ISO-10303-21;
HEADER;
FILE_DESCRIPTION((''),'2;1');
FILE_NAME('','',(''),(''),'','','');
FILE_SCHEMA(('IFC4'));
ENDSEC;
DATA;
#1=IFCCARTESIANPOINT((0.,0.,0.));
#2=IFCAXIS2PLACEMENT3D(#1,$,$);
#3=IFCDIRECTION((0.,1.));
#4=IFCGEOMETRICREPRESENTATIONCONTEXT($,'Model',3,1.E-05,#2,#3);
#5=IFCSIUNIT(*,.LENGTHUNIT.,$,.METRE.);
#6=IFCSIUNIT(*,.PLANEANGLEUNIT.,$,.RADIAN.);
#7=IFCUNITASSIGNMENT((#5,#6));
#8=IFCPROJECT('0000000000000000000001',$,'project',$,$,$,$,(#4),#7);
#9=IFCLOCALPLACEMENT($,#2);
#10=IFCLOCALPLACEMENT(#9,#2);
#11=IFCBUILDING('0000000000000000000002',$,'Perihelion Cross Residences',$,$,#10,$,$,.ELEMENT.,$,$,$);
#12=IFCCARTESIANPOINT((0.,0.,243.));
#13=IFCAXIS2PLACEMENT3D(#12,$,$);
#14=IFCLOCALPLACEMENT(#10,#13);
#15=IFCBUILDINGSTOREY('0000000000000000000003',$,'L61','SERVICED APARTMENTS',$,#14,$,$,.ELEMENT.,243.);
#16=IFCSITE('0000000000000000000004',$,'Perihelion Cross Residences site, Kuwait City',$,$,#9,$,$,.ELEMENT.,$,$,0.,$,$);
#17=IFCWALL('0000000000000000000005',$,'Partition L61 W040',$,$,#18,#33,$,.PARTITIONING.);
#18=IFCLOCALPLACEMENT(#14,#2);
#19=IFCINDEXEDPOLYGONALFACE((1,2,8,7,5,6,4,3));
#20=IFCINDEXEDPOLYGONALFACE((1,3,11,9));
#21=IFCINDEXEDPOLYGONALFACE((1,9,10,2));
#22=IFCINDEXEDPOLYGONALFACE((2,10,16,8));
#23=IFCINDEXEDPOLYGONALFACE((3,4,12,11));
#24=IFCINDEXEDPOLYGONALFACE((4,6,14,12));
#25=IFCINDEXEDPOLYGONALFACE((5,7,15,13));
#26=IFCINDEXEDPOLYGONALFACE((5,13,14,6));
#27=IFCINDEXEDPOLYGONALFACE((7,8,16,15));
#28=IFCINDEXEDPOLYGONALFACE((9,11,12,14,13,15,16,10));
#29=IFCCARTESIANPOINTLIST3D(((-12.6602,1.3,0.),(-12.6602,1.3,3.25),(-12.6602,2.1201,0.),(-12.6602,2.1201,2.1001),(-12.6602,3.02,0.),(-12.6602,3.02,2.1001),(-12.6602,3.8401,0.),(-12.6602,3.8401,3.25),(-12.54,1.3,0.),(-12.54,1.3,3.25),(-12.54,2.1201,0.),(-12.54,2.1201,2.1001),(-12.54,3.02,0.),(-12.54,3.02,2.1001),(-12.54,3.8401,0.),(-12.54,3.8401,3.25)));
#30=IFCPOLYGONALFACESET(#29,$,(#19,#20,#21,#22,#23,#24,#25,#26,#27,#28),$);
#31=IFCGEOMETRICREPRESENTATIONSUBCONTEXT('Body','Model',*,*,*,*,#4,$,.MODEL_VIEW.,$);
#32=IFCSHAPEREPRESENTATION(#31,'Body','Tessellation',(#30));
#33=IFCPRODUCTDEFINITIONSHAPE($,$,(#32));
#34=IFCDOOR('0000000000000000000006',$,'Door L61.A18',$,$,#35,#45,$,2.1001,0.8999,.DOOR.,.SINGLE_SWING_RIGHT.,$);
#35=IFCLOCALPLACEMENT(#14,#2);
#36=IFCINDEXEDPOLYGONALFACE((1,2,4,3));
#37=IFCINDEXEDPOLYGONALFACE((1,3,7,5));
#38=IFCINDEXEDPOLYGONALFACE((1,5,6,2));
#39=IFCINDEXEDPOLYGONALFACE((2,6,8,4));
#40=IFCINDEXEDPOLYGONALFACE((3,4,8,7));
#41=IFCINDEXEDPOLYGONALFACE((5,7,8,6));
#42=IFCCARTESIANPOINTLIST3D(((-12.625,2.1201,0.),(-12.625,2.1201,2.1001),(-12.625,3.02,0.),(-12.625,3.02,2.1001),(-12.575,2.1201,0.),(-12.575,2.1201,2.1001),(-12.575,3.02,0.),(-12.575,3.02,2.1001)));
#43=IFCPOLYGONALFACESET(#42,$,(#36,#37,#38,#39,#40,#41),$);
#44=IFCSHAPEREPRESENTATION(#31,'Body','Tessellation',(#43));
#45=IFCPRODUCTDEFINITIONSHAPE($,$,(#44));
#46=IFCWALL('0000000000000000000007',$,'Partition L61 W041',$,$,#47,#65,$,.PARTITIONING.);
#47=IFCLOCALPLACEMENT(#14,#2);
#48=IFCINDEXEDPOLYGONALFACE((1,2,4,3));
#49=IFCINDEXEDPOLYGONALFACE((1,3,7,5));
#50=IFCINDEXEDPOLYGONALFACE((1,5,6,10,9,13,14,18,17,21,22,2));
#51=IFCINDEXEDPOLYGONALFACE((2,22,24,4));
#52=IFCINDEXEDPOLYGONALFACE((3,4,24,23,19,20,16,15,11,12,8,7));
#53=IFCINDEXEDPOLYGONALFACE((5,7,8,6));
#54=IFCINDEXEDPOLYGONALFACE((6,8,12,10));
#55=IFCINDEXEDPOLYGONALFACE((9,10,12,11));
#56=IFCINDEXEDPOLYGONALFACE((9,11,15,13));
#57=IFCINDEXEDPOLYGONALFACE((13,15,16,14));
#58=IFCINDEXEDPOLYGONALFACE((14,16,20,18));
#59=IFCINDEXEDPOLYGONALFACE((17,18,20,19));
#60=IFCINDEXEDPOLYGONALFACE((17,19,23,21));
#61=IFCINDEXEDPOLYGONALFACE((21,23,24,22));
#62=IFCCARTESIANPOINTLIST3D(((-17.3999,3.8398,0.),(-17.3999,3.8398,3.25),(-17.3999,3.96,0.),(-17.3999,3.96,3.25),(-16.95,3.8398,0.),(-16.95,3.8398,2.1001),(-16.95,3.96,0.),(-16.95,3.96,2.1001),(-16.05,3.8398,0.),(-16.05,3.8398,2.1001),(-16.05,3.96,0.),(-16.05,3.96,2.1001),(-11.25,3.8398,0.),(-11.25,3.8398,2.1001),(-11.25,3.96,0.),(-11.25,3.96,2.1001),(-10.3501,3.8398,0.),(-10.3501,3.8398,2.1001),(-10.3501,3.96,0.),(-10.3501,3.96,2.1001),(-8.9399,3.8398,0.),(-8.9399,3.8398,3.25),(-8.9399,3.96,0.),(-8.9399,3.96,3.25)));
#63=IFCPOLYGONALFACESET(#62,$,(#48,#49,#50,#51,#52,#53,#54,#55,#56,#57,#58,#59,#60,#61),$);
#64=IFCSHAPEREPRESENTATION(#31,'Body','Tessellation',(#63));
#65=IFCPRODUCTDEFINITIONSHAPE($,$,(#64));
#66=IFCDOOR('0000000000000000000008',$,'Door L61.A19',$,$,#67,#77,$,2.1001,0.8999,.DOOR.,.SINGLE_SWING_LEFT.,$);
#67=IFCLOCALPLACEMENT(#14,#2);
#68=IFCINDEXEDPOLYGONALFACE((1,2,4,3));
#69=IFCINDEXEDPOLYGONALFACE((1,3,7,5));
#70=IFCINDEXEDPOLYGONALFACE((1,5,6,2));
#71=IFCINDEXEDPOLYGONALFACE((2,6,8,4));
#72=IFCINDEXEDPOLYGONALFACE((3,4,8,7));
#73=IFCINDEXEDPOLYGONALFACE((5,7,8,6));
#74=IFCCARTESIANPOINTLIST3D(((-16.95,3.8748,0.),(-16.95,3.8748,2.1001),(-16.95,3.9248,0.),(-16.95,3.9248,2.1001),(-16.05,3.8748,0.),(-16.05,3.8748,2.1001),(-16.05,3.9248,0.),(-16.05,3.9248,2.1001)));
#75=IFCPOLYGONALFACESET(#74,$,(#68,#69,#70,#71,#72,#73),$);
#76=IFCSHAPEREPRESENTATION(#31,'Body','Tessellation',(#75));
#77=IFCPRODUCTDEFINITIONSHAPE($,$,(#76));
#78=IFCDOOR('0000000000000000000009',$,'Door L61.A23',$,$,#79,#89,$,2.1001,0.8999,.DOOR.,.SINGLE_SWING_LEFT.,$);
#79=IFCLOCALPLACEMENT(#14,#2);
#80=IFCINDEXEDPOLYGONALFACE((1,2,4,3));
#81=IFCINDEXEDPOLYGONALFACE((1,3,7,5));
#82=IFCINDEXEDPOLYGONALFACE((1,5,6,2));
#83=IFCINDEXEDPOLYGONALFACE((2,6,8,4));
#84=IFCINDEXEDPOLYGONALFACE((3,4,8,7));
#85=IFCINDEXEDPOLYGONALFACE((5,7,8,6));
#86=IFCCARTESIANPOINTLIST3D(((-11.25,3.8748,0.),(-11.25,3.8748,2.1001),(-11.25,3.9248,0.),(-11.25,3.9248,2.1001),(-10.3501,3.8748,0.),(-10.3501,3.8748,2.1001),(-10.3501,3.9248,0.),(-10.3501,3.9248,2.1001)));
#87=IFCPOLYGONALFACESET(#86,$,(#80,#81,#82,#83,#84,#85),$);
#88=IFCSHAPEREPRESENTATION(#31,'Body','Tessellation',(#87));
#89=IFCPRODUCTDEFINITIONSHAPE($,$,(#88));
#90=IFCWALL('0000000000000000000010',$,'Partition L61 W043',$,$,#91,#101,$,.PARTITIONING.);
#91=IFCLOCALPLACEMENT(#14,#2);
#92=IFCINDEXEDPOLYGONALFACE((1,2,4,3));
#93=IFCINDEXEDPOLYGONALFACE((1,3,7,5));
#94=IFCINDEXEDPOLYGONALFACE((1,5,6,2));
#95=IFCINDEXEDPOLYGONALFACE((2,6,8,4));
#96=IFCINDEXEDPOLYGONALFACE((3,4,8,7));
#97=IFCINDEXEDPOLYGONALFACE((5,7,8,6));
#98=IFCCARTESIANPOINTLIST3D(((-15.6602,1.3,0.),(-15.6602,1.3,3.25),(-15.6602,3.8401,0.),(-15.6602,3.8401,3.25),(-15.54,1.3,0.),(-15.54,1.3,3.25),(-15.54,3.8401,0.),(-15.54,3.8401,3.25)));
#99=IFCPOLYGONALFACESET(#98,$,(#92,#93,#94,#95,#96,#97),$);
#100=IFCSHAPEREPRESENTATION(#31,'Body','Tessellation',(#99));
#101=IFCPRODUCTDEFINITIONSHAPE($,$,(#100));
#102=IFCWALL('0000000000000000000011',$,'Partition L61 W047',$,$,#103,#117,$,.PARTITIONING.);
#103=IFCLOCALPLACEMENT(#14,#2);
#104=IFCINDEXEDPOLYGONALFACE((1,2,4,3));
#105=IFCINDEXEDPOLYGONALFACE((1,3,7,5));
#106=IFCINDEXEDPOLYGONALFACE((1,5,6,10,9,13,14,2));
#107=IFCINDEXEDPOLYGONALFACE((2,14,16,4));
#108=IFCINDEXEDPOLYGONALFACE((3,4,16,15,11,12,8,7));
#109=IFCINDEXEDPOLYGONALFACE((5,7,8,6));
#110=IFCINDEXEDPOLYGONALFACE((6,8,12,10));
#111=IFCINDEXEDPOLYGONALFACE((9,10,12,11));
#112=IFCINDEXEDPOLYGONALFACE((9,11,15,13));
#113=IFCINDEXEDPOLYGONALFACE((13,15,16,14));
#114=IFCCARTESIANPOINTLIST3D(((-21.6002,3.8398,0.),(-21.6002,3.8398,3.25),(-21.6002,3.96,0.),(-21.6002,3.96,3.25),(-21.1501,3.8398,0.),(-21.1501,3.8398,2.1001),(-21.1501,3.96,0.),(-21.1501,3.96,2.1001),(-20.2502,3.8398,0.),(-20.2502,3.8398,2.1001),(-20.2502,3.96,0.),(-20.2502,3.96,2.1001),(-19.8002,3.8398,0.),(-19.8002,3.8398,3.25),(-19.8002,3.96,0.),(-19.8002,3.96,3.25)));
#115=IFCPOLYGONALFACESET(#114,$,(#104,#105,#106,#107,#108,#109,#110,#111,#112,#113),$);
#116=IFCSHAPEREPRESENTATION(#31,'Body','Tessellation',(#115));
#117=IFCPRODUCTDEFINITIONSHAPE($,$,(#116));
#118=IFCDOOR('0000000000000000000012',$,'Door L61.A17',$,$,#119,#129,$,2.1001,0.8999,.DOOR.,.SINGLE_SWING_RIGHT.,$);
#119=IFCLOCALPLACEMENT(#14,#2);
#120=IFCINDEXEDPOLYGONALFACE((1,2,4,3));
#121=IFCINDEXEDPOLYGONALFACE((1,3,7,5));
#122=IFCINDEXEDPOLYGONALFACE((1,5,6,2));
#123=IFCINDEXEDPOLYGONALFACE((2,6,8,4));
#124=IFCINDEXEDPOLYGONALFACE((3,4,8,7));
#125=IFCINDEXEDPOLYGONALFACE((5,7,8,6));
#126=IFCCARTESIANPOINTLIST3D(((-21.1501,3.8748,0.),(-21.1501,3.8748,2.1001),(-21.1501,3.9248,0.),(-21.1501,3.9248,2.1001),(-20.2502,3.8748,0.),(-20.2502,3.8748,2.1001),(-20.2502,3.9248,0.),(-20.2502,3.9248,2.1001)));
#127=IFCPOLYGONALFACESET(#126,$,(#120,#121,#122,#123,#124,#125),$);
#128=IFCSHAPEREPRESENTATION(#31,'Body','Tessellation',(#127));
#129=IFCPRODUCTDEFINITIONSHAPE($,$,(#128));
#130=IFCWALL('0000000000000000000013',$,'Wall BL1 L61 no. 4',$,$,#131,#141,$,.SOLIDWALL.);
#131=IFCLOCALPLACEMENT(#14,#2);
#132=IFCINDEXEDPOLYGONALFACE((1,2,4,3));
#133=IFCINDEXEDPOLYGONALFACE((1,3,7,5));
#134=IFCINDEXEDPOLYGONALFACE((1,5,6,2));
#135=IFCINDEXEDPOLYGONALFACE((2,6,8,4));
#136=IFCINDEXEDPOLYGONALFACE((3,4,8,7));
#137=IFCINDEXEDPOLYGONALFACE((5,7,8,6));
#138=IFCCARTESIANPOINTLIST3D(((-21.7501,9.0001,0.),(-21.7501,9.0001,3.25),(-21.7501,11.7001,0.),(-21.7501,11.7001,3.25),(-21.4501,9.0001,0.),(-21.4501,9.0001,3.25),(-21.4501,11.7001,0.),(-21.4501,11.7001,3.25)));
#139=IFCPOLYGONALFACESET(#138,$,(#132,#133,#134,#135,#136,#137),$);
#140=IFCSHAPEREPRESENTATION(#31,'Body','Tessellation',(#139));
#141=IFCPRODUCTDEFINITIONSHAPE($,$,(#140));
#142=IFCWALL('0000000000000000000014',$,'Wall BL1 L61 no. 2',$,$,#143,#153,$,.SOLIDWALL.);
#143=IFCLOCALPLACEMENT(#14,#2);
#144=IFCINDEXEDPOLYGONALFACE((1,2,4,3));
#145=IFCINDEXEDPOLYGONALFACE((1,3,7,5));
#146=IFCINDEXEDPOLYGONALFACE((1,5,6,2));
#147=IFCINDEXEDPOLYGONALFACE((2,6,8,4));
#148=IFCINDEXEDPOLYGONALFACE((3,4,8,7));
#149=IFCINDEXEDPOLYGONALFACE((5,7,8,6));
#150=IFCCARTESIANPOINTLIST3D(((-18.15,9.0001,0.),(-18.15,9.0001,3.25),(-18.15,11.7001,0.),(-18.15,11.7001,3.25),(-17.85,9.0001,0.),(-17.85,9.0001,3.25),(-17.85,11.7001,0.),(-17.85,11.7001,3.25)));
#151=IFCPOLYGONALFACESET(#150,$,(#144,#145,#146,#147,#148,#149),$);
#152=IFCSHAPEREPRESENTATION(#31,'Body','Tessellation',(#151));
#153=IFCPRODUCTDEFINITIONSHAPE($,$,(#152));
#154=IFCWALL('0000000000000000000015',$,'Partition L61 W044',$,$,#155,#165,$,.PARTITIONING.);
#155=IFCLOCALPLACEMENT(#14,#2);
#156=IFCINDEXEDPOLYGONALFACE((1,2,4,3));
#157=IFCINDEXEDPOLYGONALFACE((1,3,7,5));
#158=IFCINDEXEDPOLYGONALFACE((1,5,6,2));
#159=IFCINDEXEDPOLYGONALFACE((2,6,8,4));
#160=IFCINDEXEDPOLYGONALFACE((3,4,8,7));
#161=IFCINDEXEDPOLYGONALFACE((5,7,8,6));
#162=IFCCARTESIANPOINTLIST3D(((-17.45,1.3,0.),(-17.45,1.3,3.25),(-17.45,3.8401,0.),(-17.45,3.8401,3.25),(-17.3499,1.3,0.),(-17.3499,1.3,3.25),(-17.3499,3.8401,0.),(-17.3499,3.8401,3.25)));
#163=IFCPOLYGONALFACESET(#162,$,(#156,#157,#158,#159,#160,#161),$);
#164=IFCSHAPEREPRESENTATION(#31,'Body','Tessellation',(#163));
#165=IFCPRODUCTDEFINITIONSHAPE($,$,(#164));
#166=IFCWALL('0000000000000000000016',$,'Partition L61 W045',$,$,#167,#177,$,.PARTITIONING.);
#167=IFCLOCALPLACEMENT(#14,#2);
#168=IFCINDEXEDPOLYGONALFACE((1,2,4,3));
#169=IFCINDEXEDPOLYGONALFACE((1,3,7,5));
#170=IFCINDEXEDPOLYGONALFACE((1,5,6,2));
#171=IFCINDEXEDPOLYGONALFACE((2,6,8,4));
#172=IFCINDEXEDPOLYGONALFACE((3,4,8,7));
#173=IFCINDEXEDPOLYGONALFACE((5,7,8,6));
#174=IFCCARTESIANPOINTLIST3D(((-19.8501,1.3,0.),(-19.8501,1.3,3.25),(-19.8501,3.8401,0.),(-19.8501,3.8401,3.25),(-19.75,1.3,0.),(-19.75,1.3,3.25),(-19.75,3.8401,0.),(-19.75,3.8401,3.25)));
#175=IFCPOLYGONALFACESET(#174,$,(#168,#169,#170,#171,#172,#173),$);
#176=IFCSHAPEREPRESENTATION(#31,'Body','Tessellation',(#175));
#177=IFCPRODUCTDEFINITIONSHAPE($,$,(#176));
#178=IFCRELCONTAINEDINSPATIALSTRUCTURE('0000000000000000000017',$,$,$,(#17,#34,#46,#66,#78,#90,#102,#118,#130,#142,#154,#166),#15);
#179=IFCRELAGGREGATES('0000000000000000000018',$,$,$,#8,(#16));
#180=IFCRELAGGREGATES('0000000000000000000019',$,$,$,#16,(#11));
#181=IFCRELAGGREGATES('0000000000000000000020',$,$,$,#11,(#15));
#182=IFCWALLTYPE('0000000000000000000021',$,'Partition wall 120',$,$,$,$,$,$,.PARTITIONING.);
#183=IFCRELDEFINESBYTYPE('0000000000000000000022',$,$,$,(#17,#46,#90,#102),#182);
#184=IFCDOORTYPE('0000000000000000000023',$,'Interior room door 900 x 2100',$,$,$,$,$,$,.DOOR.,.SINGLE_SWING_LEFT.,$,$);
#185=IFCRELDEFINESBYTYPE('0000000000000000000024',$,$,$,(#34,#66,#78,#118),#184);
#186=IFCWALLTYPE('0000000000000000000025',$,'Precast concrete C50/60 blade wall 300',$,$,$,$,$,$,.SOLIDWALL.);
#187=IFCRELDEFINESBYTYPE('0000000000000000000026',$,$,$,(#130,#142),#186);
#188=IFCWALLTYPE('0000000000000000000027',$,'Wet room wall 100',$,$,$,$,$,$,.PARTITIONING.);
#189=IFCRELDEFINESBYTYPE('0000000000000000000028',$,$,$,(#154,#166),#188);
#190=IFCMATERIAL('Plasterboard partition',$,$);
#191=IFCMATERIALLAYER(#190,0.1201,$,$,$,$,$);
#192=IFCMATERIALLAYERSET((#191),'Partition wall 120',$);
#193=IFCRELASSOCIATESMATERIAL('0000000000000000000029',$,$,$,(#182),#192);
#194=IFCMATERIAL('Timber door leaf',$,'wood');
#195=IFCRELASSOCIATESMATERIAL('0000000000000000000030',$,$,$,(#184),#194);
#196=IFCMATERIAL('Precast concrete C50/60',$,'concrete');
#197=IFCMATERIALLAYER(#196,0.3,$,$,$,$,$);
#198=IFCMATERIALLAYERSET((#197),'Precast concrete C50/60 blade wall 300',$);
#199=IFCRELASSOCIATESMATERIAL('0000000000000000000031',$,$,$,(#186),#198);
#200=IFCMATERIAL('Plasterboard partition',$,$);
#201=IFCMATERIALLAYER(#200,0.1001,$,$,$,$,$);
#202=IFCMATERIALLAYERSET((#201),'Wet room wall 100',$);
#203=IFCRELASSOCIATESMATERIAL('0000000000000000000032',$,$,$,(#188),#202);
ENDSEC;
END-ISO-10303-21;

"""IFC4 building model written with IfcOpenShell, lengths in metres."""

from ifc_helpers import new_model, si_unit, direction, frame, frame_2d, origin, place, context, subcontext, project, spatial, rectangle, extrude, material, layer, layer_set, type_object, element, fill, save


model = new_model("IFC4")

# Units and contexts
model_context = context("Model", 3, precision=1e-05, world=origin(), true_north=direction((0.0, 1.0)))
body_context = subcontext(model_context, "Body", "Model", "MODEL_VIEW")
ifc_project = project(units=[si_unit("LENGTHUNIT", "METRE"), si_unit("PLANEANGLEUNIT", "RADIAN")], contexts=[model_context])

# Site, building, storey
site_placement = place(None, origin())
site = spatial("IfcSite", under=ifc_project, at=site_placement, Name="Perihelion Cross Residences site, Kuwait City", CompositionType="ELEMENT", RefElevation=0.0)
building_placement = place(site_placement, origin())
building = spatial("IfcBuilding", under=site, at=building_placement, Name="Perihelion Cross Residences", CompositionType="ELEMENT")
storey_placement = place(building_placement, frame((0.0, 0.0, 243.0)))
storey = spatial("IfcBuildingStorey", under=building, at=storey_placement, Name="L61", Description="SERVICED APARTMENTS", CompositionType="ELEMENT", Elevation=243.0)

# Wall, opening, door
ifc_material_1 = material(Name="Plasterboard partition")
ifc_layer_1 = layer(ifc_material_1, 0.1201)
ifc_layer_set_1 = layer_set([ifc_layer_1], Name="Partition wall 120")
wall_type_1 = type_object("IfcWallType", Name="Partition wall 120", PredefinedType="PARTITIONING", material=ifc_layer_set_1)
wall_1_placement = place(storey_placement, frame((-12.6001, 1.3, 0.0), z_axis=(0.0, 0.0, 1.0), x_axis=(0.0, 1.0, 0.0)))
wall_1 = element("IfcWall", 1, at=wall_1_placement, inside=storey, type_object=wall_type_1, Name="Partition L61 W040", PredefinedType="PARTITIONING", context=body_context, shape_type="SweptSolid", body=[
    extrude(rectangle(XDim=2.54, YDim=0.1201, at=frame_2d((1.27, 0.0))), origin(), (0.0, 0.0, 1.0), 3.25),
])
opening_1_placement = place(wall_1_placement, frame((0.8201, 0.0, 0.0)))
opening_1 = element("IfcOpeningElement", 2, at=opening_1_placement, cuts=wall_1, PredefinedType="OPENING", context=body_context, shape_type="SweptSolid", body=[
    extrude(rectangle(XDim=0.8999, YDim=2.1001, at=frame_2d((0.45, 1.05))), frame((0.0, 0.0701, 0.0), z_axis=(0.0, -1.0, 0.0), x_axis=(1.0, 0.0, 0.0)), (0.0, 0.0, 1.0), 0.1401),
])
ifc_material_2 = material(Name="Timber door leaf", Category="wood")
door_type_1 = type_object("IfcDoorType", Name="Interior room door 900 x 2100", OperationType="SINGLE_SWING_LEFT", PredefinedType="DOOR", material=ifc_material_2)
door_1_placement = place(opening_1_placement, origin())
door_1 = element("IfcDoor", 3, at=door_1_placement, inside=storey, type_object=door_type_1, Name="Door L61.A18", OperationType="SINGLE_SWING_RIGHT", OverallHeight=2.1001, OverallWidth=0.8999, PredefinedType="DOOR", context=body_context, shape_type="SweptSolid", body=[
    extrude(rectangle(XDim=0.8999, YDim=2.1001, at=frame_2d((0.45, 1.05))), frame((0.0, 0.0249, 0.0), z_axis=(0.0, -1.0, 0.0), x_axis=(1.0, 0.0, 0.0)), (0.0, 0.0, 1.0), 0.05),
])
fill(opening_1, door_1)

# Wall, openings, doors
wall_2_placement = place(storey_placement, frame((-17.3999, 3.8999, 0.0), z_axis=(0.0, 0.0, 1.0), x_axis=(1.0, 0.0, 0.0)))
wall_2 = element("IfcWall", 4, at=wall_2_placement, inside=storey, type_object=wall_type_1, Name="Partition L61 W041", PredefinedType="PARTITIONING", context=body_context, shape_type="SweptSolid", body=[
    extrude(rectangle(XDim=8.46, YDim=0.1201, at=frame_2d((4.23, 0.0))), origin(), (0.0, 0.0, 1.0), 3.25),
])
opening_2_placement = place(wall_2_placement, frame((0.45, 0.0, 0.0)))
opening_2 = element("IfcOpeningElement", 5, at=opening_2_placement, cuts=wall_2, PredefinedType="OPENING", context=body_context, shape_type="SweptSolid", body=[
    extrude(rectangle(XDim=0.8999, YDim=2.1001, at=frame_2d((0.45, 1.05))), frame((0.0, 0.0701, 0.0), z_axis=(0.0, -1.0, 0.0), x_axis=(1.0, 0.0, 0.0)), (0.0, 0.0, 1.0), 0.1401),
])
opening_3_placement = place(wall_2_placement, frame((6.1499, 0.0, 0.0)))
opening_3 = element("IfcOpeningElement", 6, at=opening_3_placement, cuts=wall_2, PredefinedType="OPENING", context=body_context, shape_type="SweptSolid", body=[
    extrude(rectangle(XDim=0.8999, YDim=2.1001, at=frame_2d((0.45, 1.05))), frame((0.0, 0.0701, 0.0), z_axis=(0.0, -1.0, 0.0), x_axis=(1.0, 0.0, 0.0)), (0.0, 0.0, 1.0), 0.1401),
])
door_2_placement = place(opening_2_placement, origin())
door_2 = element("IfcDoor", 7, at=door_2_placement, inside=storey, type_object=door_type_1, Name="Door L61.A19", OperationType="SINGLE_SWING_LEFT", OverallHeight=2.1001, OverallWidth=0.8999, PredefinedType="DOOR", context=body_context, shape_type="SweptSolid", body=[
    extrude(rectangle(XDim=0.8999, YDim=2.1001, at=frame_2d((0.45, 1.05))), frame((0.0, 0.0249, 0.0), z_axis=(0.0, -1.0, 0.0), x_axis=(1.0, 0.0, 0.0)), (0.0, 0.0, 1.0), 0.05),
])
fill(opening_2, door_2)
door_3_placement = place(opening_3_placement, origin())
door_3 = element("IfcDoor", 8, at=door_3_placement, inside=storey, type_object=door_type_1, Name="Door L61.A23", OperationType="SINGLE_SWING_LEFT", OverallHeight=2.1001, OverallWidth=0.8999, PredefinedType="DOOR", context=body_context, shape_type="SweptSolid", body=[
    extrude(rectangle(XDim=0.8999, YDim=2.1001, at=frame_2d((0.45, 1.05))), frame((0.0, 0.0249, 0.0), z_axis=(0.0, -1.0, 0.0), x_axis=(1.0, 0.0, 0.0)), (0.0, 0.0, 1.0), 0.05),
])
fill(opening_3, door_3)

# Wall
wall_3_placement = place(storey_placement, frame((-15.6001, 1.3, 0.0), z_axis=(0.0, 0.0, 1.0), x_axis=(0.0, 1.0, 0.0)))
element("IfcWall", 9, at=wall_3_placement, inside=storey, type_object=wall_type_1, Name="Partition L61 W043", PredefinedType="PARTITIONING", context=body_context, shape_type="SweptSolid", body=[
    extrude(rectangle(XDim=2.54, YDim=0.1201, at=frame_2d((1.27, 0.0))), origin(), (0.0, 0.0, 1.0), 3.25),
])

# Wall, opening, door
wall_4_placement = place(storey_placement, frame((-21.6001, 3.8999, 0.0), z_axis=(0.0, 0.0, 1.0), x_axis=(1.0, 0.0, 0.0)))
wall_4 = element("IfcWall", 10, at=wall_4_placement, inside=storey, type_object=wall_type_1, Name="Partition L61 W047", PredefinedType="PARTITIONING", context=body_context, shape_type="SweptSolid", body=[
    extrude(rectangle(XDim=1.8, YDim=0.1201, at=frame_2d((0.8999, 0.0))), origin(), (0.0, 0.0, 1.0), 3.25),
])
opening_4_placement = place(wall_4_placement, frame((0.45, 0.0, 0.0)))
opening_4 = element("IfcOpeningElement", 11, at=opening_4_placement, cuts=wall_4, PredefinedType="OPENING", context=body_context, shape_type="SweptSolid", body=[
    extrude(rectangle(XDim=0.8999, YDim=2.1001, at=frame_2d((0.45, 1.05))), frame((0.0, 0.0701, 0.0), z_axis=(0.0, -1.0, 0.0), x_axis=(1.0, 0.0, 0.0)), (0.0, 0.0, 1.0), 0.1401),
])
door_4_placement = place(opening_4_placement, origin())
door_4 = element("IfcDoor", 12, at=door_4_placement, inside=storey, type_object=door_type_1, Name="Door L61.A17", OperationType="SINGLE_SWING_RIGHT", OverallHeight=2.1001, OverallWidth=0.8999, PredefinedType="DOOR", context=body_context, shape_type="SweptSolid", body=[
    extrude(rectangle(XDim=0.8999, YDim=2.1001, at=frame_2d((0.45, 1.05))), frame((0.0, 0.0249, 0.0), z_axis=(0.0, -1.0, 0.0), x_axis=(1.0, 0.0, 0.0)), (0.0, 0.0, 1.0), 0.05),
])
fill(opening_4, door_4)

# Walls
ifc_material_3 = material(Name="Precast concrete C50/60", Category="concrete")
ifc_layer_2 = layer(ifc_material_3, 0.3)
ifc_layer_set_2 = layer_set([ifc_layer_2], Name="Precast concrete C50/60 blade wall 300")
wall_type_2 = type_object("IfcWallType", Name="Precast concrete C50/60 blade wall 300", PredefinedType="SOLIDWALL", material=ifc_layer_set_2)
for number, where, z_axis, x_axis, name in (
    (13, (-21.6001, 9.0, 0.0), (0.0, 0.0, 1.0), (0.0, 1.0, 0.0), "Wall BL1 L61 no. 4"),
    (14, (-18.0, 9.0, 0.0), (0.0, 0.0, 1.0), (0.0, 1.0, 0.0), "Wall BL1 L61 no. 2"),
):
    element("IfcWall", number, at=place(storey_placement, frame(where, z_axis=z_axis, x_axis=x_axis)), inside=storey, type_object=wall_type_2, Name=name, PredefinedType="SOLIDWALL", context=body_context, shape_type="SweptSolid", body=[
        extrude(rectangle(XDim=2.7, YDim=0.3, at=frame_2d((1.3501, 0.0))), origin(), (0.0, 0.0, 1.0), 3.25),
    ])
ifc_material_4 = material(Name="Plasterboard partition")
ifc_layer_3 = layer(ifc_material_4, 0.1001)
ifc_layer_set_3 = layer_set([ifc_layer_3], Name="Wet room wall 100")
wall_type_3 = type_object("IfcWallType", Name="Wet room wall 100", PredefinedType="PARTITIONING", material=ifc_layer_set_3)
for number, where, z_axis, x_axis, name in (
    (15, (-17.3999, 1.3, 0.0), (0.0, 0.0, 1.0), (0.0, 1.0, 0.0), "Partition L61 W044"),
    (16, (-19.8, 1.3, 0.0), (0.0, 0.0, 1.0), (0.0, 1.0, 0.0), "Partition L61 W045"),
):
    element("IfcWall", number, at=place(storey_placement, frame(where, z_axis=z_axis, x_axis=x_axis)), inside=storey, type_object=wall_type_3, Name=name, PredefinedType="PARTITIONING", context=body_context, shape_type="SweptSolid", body=[
        extrude(rectangle(XDim=2.54, YDim=0.1001, at=frame_2d((1.27, 0.0))), origin(), (0.0, 0.0, 1.0), 3.25),
    ])

save(model, "model.ifc")
